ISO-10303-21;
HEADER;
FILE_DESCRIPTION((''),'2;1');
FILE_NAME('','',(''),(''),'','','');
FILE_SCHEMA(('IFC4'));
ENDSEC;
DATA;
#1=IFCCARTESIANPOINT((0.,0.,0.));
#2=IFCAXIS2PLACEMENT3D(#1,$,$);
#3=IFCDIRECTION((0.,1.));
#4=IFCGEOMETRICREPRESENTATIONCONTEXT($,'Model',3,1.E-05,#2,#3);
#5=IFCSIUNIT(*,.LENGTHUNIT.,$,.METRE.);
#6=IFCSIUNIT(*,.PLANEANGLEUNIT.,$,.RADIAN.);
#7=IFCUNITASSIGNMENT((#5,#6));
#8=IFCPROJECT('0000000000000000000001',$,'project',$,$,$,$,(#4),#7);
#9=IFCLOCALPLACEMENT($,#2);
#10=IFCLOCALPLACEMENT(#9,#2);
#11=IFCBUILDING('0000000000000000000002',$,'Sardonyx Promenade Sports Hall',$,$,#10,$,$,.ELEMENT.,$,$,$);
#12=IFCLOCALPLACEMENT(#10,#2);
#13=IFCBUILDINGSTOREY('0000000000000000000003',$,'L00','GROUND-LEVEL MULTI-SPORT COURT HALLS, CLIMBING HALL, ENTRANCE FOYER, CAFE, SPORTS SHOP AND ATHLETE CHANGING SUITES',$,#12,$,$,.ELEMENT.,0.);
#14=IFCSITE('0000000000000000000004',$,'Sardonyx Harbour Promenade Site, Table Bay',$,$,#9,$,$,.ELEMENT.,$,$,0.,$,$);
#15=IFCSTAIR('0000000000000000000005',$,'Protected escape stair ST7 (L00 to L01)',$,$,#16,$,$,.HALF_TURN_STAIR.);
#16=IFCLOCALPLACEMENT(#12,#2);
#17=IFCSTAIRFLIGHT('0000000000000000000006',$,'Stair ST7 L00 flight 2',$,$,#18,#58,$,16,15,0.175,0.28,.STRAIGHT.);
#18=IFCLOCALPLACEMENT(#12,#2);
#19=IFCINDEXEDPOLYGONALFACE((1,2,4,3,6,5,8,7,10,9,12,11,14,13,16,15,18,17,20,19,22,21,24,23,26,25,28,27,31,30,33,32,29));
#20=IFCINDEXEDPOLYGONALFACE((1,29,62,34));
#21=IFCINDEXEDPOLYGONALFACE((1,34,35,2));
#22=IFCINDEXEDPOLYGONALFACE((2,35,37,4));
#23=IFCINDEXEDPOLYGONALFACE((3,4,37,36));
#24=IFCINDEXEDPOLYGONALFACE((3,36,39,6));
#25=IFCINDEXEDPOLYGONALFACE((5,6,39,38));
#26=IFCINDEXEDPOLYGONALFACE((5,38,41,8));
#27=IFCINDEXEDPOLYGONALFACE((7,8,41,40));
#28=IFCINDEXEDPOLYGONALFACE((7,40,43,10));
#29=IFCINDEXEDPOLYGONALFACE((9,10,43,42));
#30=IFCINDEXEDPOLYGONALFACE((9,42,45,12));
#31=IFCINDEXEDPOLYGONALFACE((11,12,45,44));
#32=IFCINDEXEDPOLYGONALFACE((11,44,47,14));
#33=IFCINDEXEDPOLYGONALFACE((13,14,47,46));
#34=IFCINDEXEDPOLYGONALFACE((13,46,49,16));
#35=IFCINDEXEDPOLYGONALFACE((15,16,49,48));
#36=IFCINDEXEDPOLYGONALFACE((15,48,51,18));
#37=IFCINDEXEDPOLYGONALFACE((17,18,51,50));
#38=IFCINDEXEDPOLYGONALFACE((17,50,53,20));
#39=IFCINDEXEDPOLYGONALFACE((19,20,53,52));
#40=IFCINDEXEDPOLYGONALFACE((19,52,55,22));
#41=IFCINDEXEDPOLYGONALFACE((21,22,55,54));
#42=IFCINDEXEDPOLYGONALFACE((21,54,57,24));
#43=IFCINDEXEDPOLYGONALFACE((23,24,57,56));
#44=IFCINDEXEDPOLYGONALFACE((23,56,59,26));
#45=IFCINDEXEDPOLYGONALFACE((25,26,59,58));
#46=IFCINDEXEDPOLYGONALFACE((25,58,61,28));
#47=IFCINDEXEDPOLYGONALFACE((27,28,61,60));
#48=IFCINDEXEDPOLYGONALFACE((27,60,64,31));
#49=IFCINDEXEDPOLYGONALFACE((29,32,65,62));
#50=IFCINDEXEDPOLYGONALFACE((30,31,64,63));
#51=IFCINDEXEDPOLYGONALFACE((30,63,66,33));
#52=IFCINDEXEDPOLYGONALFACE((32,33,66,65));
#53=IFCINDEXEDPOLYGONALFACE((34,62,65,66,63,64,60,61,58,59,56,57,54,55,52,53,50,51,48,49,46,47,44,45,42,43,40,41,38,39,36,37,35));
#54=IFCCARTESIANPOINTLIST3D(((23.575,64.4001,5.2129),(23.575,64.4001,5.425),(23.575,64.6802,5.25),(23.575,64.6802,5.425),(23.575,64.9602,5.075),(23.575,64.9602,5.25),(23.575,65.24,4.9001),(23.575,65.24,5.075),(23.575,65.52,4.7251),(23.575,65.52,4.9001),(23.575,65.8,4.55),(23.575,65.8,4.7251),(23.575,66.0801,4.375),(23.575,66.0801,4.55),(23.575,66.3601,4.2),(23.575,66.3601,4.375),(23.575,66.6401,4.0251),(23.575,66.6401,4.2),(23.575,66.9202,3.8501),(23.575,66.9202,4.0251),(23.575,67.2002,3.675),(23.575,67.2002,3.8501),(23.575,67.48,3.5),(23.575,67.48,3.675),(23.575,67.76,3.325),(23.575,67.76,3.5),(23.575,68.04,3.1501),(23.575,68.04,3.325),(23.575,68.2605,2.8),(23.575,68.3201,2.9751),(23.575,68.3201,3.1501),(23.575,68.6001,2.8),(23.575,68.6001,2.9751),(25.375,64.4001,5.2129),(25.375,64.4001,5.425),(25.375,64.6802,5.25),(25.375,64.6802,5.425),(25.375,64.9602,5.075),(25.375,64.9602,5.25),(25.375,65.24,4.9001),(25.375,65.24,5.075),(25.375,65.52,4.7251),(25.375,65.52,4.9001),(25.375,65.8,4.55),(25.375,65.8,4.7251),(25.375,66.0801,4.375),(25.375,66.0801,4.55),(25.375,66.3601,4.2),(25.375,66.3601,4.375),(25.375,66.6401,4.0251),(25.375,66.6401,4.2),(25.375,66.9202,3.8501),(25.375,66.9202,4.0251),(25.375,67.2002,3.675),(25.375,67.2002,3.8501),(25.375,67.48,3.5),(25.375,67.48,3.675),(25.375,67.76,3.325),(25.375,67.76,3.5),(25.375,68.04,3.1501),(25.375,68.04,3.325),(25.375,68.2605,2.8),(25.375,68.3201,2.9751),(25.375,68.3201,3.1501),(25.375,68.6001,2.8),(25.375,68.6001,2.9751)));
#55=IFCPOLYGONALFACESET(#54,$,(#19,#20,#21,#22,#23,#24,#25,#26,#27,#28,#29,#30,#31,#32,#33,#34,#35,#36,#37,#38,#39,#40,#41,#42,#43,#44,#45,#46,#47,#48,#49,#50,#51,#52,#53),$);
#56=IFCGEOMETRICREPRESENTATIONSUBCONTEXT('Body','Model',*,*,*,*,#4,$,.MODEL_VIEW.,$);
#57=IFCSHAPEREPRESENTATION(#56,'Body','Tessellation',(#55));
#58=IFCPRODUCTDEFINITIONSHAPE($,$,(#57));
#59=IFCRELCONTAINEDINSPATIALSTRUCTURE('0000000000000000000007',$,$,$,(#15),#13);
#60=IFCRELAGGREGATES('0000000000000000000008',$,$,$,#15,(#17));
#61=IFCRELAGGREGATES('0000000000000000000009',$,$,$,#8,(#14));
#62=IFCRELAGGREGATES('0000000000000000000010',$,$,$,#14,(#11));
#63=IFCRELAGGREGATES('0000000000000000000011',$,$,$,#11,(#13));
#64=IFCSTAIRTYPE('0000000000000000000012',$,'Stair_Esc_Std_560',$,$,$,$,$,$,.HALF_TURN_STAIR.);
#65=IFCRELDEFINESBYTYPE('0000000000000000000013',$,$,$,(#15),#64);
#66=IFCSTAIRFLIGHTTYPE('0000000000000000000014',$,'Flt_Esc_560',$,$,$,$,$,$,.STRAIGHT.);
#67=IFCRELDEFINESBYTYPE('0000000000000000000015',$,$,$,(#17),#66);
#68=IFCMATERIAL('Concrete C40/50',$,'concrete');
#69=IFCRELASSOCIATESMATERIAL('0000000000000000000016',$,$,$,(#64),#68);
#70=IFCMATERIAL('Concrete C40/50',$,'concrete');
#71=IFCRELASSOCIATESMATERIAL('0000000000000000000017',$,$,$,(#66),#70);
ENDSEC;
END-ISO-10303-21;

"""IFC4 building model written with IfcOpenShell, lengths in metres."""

from ifc_helpers import new_model, si_unit, direction, frame, origin, place, context, subcontext, project, spatial, polyline, outline, extrude, material, type_object, element, aggregate, save


model = new_model("IFC4")

# Units and contexts
model_context = context("Model", 3, precision=1e-05, world=origin(), true_north=direction((0.0, 1.0)))
body_context = subcontext(model_context, "Body", "Model", "MODEL_VIEW")
ifc_project = project(units=[si_unit("LENGTHUNIT", "METRE"), si_unit("PLANEANGLEUNIT", "RADIAN")], contexts=[model_context])

# Site, building, storey
site_placement = place(None, origin())
site = spatial("IfcSite", under=ifc_project, at=site_placement, Name="Sardonyx Harbour Promenade Site, Table Bay", CompositionType="ELEMENT", RefElevation=0.0)
building_placement = place(site_placement, origin())
building = spatial("IfcBuilding", under=site, at=building_placement, Name="Sardonyx Promenade Sports Hall", CompositionType="ELEMENT")
storey_placement = place(building_placement, origin())
storey = spatial("IfcBuildingStorey", under=building, at=storey_placement, Name="L00", Description="GROUND-LEVEL MULTI-SPORT COURT HALLS, CLIMBING HALL, ENTRANCE FOYER, CAFE, SPORTS SHOP AND ATHLETE CHANGING SUITES", CompositionType="ELEMENT", Elevation=0.0)

# Stair, stair flight
ifc_material_1 = material(Name="Concrete C40/50", Category="concrete")
stair_type = type_object("IfcStairType", Name="Stair_Esc_Std_560", PredefinedType="HALF_TURN_STAIR", material=ifc_material_1)
stair_placement = place(storey_placement, origin())
stair = element("IfcStair", 1, at=stair_placement, inside=storey, type_object=stair_type, Name="Protected escape stair ST7 (L00 to L01)", PredefinedType="HALF_TURN_STAIR")
ifc_material_2 = material(Name="Concrete C40/50", Category="concrete")
stair_flight_type = type_object("IfcStairFlightType", Name="Flt_Esc_560", PredefinedType="STRAIGHT", material=ifc_material_2)
stair_flight_1_placement = place(storey_placement, frame((24.4751, 68.6001, 2.8), z_axis=(0.0, 0.0, 1.0), x_axis=(0.0, -1.0, 0.0)))
stair_flight_1 = element("IfcStairFlight", 2, at=stair_flight_1_placement, type_object=stair_flight_type, Name="Stair ST7 L00 flight 2", NumberOfRisers=16, NumberOfTreads=15, PredefinedType="STRAIGHT", RiserHeight=0.175, TreadLength=0.28, context=body_context, shape_type="SweptSolid", body=[
    extrude(outline(polyline([(0.0, 0.0), (0.0, 0.175), (0.28, 0.175), (0.28, 0.3501), (0.5601, 0.3501), (0.5601, 0.5249), (0.8401, 0.5249), (0.8401, 0.7), (1.1201, 0.7), (1.1201, 0.875), (1.3999, 0.875), (1.3999, 1.05), (1.6799, 1.05), (1.6799, 1.2251), (1.96, 1.2251), (1.96, 1.3999), (2.24, 1.3999), (2.24, 1.575), (2.52, 1.575), (2.52, 1.75), (2.8, 1.75), (2.8, 1.925), (3.0801, 1.925), (3.0801, 2.1001), (3.3601, 2.1001), (3.3601, 2.2749), (3.6399, 2.2749), (3.6399, 2.45), (3.9199, 2.45), (3.9199, 2.625), (4.2, 2.625), (4.2, 2.8), (4.2, 2.4128), (0.3396, 0.0), (0.0, 0.0)])), frame((0.0, 0.8999, 0.0), z_axis=(0.0, -1.0, 0.0), x_axis=(1.0, 0.0, 0.0)), (0.0, 0.0, 1.0), 1.8),
])
aggregate(stair, [stair_flight_1])

save(model, "model.ifc")
